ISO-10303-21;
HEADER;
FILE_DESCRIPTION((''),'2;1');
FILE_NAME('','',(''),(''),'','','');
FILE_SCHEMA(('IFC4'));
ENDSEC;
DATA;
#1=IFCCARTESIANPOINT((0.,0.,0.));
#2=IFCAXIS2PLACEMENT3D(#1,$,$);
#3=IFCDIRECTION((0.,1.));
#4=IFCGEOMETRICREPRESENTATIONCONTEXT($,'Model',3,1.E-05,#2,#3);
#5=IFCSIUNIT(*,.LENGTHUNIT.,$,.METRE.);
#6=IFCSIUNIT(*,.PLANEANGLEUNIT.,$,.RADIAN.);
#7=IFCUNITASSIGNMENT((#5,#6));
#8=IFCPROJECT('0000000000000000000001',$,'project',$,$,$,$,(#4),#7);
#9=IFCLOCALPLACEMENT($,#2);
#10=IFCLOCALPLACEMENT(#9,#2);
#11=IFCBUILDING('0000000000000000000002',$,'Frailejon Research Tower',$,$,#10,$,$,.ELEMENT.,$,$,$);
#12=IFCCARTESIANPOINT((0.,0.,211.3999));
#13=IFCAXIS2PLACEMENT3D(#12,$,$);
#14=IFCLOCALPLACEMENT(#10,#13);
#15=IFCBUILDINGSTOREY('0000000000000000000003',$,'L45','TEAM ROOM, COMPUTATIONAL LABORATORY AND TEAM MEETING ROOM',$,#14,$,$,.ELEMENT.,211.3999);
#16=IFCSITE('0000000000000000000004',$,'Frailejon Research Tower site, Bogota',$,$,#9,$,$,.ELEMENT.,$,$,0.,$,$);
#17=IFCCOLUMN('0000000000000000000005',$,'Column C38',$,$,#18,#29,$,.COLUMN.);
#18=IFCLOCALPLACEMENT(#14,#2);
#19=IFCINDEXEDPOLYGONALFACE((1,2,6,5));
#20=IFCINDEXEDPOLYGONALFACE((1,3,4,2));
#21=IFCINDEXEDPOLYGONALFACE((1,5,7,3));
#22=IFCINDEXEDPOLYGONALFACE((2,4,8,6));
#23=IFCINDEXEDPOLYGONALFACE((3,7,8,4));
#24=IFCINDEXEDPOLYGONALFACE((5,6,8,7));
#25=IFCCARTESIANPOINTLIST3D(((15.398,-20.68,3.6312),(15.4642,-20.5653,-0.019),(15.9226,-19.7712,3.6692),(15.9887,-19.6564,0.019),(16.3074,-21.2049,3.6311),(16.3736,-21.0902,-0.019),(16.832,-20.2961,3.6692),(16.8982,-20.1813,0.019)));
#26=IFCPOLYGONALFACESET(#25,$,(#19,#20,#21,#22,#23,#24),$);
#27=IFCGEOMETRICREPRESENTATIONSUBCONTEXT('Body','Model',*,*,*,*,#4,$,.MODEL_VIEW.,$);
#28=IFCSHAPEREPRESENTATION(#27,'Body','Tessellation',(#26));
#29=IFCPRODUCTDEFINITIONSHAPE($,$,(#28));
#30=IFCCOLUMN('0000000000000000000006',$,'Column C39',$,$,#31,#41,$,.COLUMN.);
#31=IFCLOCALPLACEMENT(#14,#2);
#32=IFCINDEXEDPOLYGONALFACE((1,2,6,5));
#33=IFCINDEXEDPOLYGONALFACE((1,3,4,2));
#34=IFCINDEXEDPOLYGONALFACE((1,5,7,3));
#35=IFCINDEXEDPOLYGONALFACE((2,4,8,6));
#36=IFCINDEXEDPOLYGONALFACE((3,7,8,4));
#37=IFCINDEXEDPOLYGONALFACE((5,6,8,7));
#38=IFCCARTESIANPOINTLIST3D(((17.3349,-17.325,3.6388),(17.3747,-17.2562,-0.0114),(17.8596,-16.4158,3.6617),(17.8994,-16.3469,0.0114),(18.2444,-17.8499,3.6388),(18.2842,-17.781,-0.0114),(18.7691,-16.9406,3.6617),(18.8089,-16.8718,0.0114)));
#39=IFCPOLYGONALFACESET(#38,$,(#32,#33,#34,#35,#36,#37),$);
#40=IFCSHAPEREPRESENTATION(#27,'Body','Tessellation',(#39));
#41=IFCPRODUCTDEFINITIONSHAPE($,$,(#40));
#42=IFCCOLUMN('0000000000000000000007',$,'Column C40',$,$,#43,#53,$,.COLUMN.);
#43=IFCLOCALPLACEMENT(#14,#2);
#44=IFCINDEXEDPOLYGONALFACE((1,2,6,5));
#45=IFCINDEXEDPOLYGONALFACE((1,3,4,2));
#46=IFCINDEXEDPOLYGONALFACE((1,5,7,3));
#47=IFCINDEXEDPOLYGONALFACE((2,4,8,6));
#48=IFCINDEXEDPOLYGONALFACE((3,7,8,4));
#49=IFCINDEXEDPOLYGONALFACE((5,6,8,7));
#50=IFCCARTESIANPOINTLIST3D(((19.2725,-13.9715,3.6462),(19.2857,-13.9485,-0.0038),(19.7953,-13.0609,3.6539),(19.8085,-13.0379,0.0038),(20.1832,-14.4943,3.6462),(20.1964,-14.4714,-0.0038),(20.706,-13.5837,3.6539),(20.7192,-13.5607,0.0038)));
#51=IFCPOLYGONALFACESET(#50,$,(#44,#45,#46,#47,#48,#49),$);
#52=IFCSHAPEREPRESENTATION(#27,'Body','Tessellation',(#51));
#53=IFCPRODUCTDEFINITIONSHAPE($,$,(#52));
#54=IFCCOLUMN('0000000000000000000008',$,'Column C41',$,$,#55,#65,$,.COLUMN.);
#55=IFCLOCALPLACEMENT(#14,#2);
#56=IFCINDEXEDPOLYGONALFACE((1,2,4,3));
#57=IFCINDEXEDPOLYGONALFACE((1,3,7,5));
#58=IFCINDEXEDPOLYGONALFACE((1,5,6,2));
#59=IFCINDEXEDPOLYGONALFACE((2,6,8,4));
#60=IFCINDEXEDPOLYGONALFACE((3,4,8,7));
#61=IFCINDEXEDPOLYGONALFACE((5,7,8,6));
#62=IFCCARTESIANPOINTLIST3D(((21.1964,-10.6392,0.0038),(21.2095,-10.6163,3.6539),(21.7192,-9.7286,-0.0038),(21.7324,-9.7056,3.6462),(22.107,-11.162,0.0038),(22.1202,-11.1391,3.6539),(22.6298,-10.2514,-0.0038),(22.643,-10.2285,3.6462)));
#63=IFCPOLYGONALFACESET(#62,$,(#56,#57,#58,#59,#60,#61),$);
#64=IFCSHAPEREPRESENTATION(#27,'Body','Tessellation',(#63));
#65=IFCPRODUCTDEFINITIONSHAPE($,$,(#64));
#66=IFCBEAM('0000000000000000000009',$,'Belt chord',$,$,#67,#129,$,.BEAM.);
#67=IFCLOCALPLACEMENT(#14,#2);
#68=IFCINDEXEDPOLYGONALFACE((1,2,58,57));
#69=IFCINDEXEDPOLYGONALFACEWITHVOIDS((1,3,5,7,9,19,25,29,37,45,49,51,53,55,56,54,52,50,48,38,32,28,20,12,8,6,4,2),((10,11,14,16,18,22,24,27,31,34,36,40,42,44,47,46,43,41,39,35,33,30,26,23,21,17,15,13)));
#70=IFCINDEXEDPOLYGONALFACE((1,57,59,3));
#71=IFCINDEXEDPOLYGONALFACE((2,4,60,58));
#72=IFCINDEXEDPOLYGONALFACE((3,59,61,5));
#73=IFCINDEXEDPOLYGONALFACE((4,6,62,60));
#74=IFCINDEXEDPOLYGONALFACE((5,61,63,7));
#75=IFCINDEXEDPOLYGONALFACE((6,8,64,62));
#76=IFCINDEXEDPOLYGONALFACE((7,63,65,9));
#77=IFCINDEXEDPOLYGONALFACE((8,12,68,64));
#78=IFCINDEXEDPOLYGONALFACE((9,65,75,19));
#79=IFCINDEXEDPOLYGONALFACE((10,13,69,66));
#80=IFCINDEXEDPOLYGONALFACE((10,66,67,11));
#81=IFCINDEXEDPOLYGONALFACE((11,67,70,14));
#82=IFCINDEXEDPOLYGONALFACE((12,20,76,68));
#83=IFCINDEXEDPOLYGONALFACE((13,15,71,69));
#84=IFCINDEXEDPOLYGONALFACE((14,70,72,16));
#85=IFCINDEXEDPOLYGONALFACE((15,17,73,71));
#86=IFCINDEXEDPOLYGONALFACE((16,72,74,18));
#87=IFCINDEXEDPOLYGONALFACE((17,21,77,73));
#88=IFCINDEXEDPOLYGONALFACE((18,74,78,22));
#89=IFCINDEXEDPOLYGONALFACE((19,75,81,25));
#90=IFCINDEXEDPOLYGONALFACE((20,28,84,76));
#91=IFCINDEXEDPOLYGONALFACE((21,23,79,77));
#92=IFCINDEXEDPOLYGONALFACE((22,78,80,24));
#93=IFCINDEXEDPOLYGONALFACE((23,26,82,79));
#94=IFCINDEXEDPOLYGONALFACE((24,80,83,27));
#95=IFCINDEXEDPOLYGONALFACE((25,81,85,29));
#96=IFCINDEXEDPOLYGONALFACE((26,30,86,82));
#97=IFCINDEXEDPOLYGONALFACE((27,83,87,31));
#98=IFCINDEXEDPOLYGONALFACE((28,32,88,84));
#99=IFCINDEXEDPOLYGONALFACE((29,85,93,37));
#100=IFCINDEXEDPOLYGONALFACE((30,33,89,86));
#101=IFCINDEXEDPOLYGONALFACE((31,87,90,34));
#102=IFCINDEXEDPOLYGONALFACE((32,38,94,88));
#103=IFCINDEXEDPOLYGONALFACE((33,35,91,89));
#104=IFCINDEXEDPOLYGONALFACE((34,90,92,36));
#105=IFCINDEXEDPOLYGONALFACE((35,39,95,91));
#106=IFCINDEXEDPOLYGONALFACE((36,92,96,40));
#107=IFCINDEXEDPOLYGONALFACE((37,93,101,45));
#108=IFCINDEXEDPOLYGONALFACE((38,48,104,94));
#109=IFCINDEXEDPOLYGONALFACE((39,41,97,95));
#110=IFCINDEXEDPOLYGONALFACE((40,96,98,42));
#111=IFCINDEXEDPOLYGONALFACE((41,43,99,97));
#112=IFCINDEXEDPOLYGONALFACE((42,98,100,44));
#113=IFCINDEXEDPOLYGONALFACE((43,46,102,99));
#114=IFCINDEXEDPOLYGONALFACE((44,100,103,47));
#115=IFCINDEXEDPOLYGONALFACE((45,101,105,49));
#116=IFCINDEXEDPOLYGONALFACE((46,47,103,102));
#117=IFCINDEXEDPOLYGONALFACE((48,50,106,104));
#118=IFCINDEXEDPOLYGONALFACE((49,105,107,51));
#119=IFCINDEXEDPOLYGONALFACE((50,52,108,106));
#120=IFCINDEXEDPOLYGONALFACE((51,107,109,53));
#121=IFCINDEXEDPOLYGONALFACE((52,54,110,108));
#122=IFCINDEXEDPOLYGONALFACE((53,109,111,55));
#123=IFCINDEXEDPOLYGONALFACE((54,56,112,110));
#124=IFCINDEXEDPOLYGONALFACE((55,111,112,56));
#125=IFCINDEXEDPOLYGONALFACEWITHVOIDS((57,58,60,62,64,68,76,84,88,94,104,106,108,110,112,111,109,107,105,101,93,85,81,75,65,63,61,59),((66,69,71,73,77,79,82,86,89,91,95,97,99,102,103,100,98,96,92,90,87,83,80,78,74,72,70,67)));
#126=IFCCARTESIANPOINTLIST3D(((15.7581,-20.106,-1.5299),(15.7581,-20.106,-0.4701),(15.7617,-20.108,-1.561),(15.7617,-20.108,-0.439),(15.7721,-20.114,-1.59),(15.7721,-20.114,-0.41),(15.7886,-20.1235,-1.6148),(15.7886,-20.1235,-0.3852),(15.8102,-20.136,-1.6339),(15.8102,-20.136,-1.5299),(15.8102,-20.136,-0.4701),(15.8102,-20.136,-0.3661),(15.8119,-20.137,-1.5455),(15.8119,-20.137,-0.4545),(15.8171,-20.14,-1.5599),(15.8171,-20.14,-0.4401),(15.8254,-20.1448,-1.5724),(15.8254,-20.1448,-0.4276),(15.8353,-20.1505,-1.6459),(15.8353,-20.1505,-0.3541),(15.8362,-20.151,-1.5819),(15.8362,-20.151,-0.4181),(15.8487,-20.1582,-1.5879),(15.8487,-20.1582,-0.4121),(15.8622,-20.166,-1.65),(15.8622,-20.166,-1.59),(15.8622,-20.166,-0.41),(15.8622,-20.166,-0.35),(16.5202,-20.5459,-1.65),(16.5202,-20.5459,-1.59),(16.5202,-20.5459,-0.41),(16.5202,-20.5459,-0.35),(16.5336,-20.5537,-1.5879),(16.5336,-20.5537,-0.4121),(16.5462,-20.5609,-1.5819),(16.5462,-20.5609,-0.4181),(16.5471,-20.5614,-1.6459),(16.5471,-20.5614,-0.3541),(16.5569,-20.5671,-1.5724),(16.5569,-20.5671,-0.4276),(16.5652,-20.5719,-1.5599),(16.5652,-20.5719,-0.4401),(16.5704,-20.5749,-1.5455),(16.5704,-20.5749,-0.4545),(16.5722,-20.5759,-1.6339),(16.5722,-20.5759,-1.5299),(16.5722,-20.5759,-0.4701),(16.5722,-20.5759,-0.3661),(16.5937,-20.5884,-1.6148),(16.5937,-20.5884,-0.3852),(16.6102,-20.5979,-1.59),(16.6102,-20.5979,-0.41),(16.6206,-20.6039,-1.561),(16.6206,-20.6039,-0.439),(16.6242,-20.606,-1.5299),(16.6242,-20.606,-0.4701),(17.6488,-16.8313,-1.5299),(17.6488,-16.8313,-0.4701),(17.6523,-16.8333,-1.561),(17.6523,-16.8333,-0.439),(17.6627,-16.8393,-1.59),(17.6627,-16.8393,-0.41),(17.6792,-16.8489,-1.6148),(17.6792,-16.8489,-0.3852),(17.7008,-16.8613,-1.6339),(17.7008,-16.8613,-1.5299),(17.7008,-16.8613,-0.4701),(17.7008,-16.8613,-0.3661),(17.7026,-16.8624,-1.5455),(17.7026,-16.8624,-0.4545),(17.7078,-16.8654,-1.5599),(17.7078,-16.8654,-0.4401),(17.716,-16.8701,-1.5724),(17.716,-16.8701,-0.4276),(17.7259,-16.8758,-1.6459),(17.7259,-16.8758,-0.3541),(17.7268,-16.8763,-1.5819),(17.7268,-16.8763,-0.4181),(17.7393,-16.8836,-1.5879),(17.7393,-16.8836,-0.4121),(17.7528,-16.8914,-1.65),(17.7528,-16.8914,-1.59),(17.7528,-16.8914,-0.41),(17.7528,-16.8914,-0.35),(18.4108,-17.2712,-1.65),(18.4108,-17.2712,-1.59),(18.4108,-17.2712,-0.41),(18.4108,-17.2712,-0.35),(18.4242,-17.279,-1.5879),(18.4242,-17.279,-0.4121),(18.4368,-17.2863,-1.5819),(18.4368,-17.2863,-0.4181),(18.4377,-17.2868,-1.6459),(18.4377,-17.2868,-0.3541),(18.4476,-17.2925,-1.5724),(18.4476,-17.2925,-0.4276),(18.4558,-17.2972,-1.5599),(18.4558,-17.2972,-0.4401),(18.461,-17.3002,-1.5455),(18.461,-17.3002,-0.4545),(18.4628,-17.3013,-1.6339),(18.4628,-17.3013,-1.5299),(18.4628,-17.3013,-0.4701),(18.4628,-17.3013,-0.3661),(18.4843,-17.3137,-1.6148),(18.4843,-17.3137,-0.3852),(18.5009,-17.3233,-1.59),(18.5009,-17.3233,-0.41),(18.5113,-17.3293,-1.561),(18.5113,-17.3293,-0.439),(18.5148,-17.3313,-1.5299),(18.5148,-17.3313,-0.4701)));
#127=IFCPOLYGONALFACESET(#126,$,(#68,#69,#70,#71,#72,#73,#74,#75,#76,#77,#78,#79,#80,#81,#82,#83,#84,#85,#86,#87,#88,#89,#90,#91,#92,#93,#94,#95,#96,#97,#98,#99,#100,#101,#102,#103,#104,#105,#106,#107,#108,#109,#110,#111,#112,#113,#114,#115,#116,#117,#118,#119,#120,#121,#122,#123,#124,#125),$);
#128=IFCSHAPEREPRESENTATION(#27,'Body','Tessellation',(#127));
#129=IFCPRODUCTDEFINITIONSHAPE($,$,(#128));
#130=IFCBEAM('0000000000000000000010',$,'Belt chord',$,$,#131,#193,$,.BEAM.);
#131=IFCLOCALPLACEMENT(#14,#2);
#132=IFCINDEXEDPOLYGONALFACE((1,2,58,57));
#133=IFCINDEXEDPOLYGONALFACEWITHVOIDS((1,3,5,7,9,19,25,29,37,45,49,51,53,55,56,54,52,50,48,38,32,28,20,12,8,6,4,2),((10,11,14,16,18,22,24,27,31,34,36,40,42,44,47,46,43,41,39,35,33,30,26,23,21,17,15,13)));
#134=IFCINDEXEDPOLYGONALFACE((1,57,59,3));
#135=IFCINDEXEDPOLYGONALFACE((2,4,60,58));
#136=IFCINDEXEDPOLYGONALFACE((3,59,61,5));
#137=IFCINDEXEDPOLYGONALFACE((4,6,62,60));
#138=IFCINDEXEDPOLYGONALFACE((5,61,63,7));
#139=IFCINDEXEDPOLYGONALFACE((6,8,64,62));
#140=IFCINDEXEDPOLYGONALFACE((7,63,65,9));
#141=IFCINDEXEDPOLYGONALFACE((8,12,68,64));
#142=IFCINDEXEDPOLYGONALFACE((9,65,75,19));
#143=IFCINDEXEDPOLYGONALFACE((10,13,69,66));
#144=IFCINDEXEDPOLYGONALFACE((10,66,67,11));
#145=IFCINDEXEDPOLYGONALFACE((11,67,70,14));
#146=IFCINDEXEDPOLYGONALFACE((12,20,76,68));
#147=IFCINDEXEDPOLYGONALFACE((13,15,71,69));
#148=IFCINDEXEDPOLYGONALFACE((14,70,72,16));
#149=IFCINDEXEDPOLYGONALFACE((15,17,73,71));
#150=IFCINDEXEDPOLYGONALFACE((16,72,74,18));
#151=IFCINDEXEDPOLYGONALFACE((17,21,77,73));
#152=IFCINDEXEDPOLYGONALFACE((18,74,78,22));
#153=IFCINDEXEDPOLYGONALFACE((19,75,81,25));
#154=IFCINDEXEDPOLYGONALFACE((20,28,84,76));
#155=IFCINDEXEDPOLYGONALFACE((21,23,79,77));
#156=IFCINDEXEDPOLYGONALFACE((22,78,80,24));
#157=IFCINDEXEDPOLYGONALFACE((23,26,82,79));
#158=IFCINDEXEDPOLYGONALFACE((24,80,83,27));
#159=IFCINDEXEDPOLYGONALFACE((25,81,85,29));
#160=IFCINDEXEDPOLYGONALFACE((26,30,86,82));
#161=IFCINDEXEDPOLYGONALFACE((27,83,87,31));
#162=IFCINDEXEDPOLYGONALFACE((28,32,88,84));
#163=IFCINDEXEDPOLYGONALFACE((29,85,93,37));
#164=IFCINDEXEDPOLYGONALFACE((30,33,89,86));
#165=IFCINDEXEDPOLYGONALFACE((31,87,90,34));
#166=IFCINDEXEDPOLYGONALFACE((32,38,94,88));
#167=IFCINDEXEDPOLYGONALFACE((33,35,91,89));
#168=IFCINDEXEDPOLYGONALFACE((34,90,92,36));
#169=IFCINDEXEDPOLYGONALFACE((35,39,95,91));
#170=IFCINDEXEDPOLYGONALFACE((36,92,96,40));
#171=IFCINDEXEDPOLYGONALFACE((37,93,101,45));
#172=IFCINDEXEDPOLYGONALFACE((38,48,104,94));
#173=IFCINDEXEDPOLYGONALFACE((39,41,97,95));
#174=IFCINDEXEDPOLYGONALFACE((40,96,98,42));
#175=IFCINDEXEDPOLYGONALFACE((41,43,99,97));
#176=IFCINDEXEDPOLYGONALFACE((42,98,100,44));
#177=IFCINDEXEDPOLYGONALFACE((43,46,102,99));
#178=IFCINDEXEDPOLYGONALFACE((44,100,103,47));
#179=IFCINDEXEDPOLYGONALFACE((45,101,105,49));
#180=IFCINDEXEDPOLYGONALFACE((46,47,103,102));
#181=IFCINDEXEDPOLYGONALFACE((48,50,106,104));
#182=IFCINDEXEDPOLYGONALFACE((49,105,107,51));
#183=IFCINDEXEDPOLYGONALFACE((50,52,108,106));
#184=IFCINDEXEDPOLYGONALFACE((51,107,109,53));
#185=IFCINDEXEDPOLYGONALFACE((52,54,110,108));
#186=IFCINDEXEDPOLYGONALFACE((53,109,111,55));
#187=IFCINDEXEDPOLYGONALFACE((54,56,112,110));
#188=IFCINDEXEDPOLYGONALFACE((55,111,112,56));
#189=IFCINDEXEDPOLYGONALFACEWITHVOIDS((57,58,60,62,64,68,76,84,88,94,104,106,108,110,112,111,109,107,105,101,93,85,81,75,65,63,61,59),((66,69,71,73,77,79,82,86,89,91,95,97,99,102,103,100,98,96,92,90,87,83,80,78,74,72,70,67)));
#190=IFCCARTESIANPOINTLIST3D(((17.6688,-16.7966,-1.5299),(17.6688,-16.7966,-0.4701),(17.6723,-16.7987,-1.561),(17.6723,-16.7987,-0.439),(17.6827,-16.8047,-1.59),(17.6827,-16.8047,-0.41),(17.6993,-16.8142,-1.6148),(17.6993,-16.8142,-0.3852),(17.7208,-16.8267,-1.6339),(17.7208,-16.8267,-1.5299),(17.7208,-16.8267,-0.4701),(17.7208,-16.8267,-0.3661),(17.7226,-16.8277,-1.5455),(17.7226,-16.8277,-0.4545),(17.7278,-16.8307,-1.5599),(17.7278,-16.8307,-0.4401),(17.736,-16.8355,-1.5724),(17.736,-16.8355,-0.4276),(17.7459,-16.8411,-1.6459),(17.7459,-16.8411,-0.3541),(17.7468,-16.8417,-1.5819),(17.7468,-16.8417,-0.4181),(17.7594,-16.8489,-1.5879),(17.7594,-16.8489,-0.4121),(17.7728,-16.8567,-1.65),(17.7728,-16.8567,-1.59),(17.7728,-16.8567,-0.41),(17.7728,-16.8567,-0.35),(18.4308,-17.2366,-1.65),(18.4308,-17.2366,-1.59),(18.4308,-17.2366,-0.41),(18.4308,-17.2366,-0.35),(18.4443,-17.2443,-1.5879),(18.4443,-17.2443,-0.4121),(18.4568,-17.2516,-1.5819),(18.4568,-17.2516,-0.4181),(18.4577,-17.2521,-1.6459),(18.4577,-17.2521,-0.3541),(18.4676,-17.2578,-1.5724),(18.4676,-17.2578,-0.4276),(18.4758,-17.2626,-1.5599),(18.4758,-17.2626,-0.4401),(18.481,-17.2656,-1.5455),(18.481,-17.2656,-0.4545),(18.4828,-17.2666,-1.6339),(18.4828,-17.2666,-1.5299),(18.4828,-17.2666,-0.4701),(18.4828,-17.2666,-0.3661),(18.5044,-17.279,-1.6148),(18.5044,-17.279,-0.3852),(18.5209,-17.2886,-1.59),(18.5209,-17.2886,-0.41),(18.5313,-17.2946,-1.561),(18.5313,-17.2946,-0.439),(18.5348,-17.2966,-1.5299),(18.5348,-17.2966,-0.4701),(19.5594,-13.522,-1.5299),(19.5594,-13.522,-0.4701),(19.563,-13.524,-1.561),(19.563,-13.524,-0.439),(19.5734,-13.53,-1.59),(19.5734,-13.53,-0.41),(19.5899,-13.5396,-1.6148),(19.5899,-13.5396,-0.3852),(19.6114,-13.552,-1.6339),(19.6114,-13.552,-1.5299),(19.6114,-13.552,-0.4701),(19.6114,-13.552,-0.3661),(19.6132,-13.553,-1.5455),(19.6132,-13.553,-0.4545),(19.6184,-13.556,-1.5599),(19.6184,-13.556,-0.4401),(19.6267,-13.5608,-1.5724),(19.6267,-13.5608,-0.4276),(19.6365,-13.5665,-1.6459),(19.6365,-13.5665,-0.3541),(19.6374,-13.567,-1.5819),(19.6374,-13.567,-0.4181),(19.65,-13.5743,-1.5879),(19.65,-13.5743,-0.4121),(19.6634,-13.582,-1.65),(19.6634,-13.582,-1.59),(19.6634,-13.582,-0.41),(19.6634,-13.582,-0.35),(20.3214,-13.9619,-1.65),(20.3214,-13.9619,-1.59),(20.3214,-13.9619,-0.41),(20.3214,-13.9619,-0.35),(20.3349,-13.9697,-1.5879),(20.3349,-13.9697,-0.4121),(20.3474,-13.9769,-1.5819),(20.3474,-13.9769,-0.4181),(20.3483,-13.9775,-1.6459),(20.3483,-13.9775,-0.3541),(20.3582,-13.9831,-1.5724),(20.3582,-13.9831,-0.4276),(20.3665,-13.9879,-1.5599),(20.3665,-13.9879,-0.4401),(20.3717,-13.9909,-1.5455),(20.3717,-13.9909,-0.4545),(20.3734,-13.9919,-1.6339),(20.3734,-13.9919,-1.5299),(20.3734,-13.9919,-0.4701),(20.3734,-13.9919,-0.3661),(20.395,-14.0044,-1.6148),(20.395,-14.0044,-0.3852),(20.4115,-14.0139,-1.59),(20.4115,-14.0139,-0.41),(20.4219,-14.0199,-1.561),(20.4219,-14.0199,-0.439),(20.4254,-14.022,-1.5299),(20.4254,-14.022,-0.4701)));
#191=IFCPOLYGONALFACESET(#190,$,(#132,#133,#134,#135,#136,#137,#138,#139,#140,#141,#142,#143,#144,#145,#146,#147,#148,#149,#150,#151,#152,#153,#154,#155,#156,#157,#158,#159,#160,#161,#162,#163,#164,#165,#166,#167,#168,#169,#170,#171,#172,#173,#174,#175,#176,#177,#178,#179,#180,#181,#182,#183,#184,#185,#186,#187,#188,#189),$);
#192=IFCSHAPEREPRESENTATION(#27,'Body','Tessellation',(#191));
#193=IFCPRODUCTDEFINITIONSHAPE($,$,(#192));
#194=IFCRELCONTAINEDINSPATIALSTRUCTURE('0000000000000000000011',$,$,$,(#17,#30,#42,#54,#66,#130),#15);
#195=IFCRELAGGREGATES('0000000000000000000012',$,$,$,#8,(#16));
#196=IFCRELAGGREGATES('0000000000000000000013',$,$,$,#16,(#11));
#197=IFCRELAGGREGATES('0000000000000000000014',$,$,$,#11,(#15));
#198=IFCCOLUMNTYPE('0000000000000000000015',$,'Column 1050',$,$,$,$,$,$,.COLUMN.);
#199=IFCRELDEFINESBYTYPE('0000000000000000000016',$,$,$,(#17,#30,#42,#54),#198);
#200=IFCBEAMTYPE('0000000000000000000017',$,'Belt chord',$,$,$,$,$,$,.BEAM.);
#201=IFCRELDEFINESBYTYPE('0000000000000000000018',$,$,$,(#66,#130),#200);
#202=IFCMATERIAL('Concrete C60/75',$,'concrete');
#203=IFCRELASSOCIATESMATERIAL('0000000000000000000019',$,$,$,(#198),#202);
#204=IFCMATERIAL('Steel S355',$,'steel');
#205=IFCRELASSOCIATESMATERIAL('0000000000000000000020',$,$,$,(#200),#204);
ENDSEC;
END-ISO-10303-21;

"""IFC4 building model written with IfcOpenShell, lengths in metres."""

from ifc_helpers import new_model, si_unit, direction, frame, origin, origin_2d, place, context, subcontext, project, spatial, rectangle, hollow_rectangle, extrude, material, material_profile, profile_set, type_object, element, save


model = new_model("IFC4")

# Units and contexts
model_context = context("Model", 3, precision=1e-05, world=origin(), true_north=direction((0.0, 1.0)))
body_context = subcontext(model_context, "Body", "Model", "MODEL_VIEW")
ifc_project = project(units=[si_unit("LENGTHUNIT", "METRE"), si_unit("PLANEANGLEUNIT", "RADIAN")], contexts=[model_context])

# Site, building, storey
site_placement = place(None, origin())
site = spatial("IfcSite", under=ifc_project, at=site_placement, Name="Frailejon Research Tower site, Bogota", CompositionType="ELEMENT", RefElevation=0.0)
building_placement = place(site_placement, origin())
building = spatial("IfcBuilding", under=site, at=building_placement, Name="Frailejon Research Tower", CompositionType="ELEMENT")
storey_placement = place(building_placement, frame((0.0, 0.0, 211.3999)))
storey = spatial("IfcBuildingStorey", under=building, at=storey_placement, Name="L45", Description="TEAM ROOM, COMPUTATIONAL LABORATORY AND TEAM MEETING ROOM", CompositionType="ELEMENT", Elevation=211.3999)

# Columns
ifc_material_1 = material(Name="Concrete C60/75", Category="concrete")
ifc_material_profile_1 = material_profile(ifc_material_1, rectangle(XDim=1.05, YDim=1.05, at=origin_2d()), Name="Column 1050")
ifc_profile_set_1 = profile_set([ifc_material_profile_1], Name="Concrete C60/75")
column_type = type_object("IfcColumnType", Name="Column 1050", PredefinedType="COLUMN", material=ifc_profile_set_1)
column_1_placement = place(storey_placement, frame((16.1812, -20.3733, 0.0), z_axis=(-0.018114, -0.031415, 0.999342), x_axis=(0.499559, 0.86552, 0.036263)))
element("IfcColumn", 1, at=column_1_placement, inside=storey, type_object=column_type, Name="Column C38", PredefinedType="COLUMN", context=body_context, shape_type="SweptSolid", body=[
    extrude(rectangle(XDim=1.05, YDim=1.05, at=origin_2d()), origin(), (0.0, 0.0, 1.0), 3.6526),
])
column_2_placement = place(storey_placement, frame((18.0918, -17.064, 0.0), z_axis=(-0.0109, -0.018857, 0.999763), x_axis=(0.499729, 0.865908, 0.021781)))
element("IfcColumn", 2, at=column_2_placement, inside=storey, type_object=column_type, Name="Column C39", PredefinedType="COLUMN", context=body_context, shape_type="SweptSolid", body=[
    extrude(rectangle(XDim=1.05, YDim=1.05, at=origin_2d()), origin(), (0.0, 0.0, 1.0), 3.6511),
])
for number, where, z_axis, x_axis, name in (
    (3, (20.0024, -13.7546, 0.0), (-0.003612, -0.006287, 0.999974), (0.49789, 0.86721, 0.007251), "Column C40"),
    (4, (21.9131, -10.4453, 0.0), (0.003612, 0.006287, 0.999974), (0.49789, 0.86721, -0.007251), "Column C41"),
):
    element("IfcColumn", number, at=place(storey_placement, frame(where, z_axis=z_axis, x_axis=x_axis)), inside=storey, type_object=column_type, Name=name, PredefinedType="COLUMN", context=body_context, shape_type="SweptSolid", body=[
        extrude(rectangle(XDim=1.05, YDim=1.05, at=origin_2d()), origin(), (0.0, 0.0, 1.0), 3.6501),
    ])

# Beams
ifc_material_2 = material(Name="Steel S355", Category="steel")
ifc_material_profile_2 = material_profile(ifc_material_2, hollow_rectangle(XDim=1.0, YDim=1.3, WallThickness=0.0601, InnerFilletRadius=0.0601, OuterFilletRadius=0.1201, at=origin_2d()), Name="Belt chord")
ifc_profile_set_2 = profile_set([ifc_material_profile_2], Name="Steel S355")
beam_type_1 = type_object("IfcBeamType", Name="Belt chord", PredefinedType="BEAM", material=ifc_profile_set_2)
for number, where, z_axis, x_axis, name in (
    (5, (16.1912, -20.356, -1.0), (0.5, 0.866025, 0.0), (-0.866025, 0.5, 0.0), "Belt chord"),
    (6, (18.1018, -17.0466, -1.0), (0.5, 0.866025, 0.0), (-0.866025, 0.5, 0.0), "Belt chord"),
):
    element("IfcBeam", number, at=place(storey_placement, frame(where, z_axis=z_axis, x_axis=x_axis)), inside=storey, type_object=beam_type_1, Name=name, PredefinedType="BEAM", context=body_context, shape_type="SweptSolid", body=[
        extrude(hollow_rectangle(XDim=1.0, YDim=1.3, WallThickness=0.0601, InnerFilletRadius=0.0601, OuterFilletRadius=0.1201, at=origin_2d()), origin(), (0.0, 0.0, 1.0), 3.7812),
    ])

save(model, "model.ifc")
